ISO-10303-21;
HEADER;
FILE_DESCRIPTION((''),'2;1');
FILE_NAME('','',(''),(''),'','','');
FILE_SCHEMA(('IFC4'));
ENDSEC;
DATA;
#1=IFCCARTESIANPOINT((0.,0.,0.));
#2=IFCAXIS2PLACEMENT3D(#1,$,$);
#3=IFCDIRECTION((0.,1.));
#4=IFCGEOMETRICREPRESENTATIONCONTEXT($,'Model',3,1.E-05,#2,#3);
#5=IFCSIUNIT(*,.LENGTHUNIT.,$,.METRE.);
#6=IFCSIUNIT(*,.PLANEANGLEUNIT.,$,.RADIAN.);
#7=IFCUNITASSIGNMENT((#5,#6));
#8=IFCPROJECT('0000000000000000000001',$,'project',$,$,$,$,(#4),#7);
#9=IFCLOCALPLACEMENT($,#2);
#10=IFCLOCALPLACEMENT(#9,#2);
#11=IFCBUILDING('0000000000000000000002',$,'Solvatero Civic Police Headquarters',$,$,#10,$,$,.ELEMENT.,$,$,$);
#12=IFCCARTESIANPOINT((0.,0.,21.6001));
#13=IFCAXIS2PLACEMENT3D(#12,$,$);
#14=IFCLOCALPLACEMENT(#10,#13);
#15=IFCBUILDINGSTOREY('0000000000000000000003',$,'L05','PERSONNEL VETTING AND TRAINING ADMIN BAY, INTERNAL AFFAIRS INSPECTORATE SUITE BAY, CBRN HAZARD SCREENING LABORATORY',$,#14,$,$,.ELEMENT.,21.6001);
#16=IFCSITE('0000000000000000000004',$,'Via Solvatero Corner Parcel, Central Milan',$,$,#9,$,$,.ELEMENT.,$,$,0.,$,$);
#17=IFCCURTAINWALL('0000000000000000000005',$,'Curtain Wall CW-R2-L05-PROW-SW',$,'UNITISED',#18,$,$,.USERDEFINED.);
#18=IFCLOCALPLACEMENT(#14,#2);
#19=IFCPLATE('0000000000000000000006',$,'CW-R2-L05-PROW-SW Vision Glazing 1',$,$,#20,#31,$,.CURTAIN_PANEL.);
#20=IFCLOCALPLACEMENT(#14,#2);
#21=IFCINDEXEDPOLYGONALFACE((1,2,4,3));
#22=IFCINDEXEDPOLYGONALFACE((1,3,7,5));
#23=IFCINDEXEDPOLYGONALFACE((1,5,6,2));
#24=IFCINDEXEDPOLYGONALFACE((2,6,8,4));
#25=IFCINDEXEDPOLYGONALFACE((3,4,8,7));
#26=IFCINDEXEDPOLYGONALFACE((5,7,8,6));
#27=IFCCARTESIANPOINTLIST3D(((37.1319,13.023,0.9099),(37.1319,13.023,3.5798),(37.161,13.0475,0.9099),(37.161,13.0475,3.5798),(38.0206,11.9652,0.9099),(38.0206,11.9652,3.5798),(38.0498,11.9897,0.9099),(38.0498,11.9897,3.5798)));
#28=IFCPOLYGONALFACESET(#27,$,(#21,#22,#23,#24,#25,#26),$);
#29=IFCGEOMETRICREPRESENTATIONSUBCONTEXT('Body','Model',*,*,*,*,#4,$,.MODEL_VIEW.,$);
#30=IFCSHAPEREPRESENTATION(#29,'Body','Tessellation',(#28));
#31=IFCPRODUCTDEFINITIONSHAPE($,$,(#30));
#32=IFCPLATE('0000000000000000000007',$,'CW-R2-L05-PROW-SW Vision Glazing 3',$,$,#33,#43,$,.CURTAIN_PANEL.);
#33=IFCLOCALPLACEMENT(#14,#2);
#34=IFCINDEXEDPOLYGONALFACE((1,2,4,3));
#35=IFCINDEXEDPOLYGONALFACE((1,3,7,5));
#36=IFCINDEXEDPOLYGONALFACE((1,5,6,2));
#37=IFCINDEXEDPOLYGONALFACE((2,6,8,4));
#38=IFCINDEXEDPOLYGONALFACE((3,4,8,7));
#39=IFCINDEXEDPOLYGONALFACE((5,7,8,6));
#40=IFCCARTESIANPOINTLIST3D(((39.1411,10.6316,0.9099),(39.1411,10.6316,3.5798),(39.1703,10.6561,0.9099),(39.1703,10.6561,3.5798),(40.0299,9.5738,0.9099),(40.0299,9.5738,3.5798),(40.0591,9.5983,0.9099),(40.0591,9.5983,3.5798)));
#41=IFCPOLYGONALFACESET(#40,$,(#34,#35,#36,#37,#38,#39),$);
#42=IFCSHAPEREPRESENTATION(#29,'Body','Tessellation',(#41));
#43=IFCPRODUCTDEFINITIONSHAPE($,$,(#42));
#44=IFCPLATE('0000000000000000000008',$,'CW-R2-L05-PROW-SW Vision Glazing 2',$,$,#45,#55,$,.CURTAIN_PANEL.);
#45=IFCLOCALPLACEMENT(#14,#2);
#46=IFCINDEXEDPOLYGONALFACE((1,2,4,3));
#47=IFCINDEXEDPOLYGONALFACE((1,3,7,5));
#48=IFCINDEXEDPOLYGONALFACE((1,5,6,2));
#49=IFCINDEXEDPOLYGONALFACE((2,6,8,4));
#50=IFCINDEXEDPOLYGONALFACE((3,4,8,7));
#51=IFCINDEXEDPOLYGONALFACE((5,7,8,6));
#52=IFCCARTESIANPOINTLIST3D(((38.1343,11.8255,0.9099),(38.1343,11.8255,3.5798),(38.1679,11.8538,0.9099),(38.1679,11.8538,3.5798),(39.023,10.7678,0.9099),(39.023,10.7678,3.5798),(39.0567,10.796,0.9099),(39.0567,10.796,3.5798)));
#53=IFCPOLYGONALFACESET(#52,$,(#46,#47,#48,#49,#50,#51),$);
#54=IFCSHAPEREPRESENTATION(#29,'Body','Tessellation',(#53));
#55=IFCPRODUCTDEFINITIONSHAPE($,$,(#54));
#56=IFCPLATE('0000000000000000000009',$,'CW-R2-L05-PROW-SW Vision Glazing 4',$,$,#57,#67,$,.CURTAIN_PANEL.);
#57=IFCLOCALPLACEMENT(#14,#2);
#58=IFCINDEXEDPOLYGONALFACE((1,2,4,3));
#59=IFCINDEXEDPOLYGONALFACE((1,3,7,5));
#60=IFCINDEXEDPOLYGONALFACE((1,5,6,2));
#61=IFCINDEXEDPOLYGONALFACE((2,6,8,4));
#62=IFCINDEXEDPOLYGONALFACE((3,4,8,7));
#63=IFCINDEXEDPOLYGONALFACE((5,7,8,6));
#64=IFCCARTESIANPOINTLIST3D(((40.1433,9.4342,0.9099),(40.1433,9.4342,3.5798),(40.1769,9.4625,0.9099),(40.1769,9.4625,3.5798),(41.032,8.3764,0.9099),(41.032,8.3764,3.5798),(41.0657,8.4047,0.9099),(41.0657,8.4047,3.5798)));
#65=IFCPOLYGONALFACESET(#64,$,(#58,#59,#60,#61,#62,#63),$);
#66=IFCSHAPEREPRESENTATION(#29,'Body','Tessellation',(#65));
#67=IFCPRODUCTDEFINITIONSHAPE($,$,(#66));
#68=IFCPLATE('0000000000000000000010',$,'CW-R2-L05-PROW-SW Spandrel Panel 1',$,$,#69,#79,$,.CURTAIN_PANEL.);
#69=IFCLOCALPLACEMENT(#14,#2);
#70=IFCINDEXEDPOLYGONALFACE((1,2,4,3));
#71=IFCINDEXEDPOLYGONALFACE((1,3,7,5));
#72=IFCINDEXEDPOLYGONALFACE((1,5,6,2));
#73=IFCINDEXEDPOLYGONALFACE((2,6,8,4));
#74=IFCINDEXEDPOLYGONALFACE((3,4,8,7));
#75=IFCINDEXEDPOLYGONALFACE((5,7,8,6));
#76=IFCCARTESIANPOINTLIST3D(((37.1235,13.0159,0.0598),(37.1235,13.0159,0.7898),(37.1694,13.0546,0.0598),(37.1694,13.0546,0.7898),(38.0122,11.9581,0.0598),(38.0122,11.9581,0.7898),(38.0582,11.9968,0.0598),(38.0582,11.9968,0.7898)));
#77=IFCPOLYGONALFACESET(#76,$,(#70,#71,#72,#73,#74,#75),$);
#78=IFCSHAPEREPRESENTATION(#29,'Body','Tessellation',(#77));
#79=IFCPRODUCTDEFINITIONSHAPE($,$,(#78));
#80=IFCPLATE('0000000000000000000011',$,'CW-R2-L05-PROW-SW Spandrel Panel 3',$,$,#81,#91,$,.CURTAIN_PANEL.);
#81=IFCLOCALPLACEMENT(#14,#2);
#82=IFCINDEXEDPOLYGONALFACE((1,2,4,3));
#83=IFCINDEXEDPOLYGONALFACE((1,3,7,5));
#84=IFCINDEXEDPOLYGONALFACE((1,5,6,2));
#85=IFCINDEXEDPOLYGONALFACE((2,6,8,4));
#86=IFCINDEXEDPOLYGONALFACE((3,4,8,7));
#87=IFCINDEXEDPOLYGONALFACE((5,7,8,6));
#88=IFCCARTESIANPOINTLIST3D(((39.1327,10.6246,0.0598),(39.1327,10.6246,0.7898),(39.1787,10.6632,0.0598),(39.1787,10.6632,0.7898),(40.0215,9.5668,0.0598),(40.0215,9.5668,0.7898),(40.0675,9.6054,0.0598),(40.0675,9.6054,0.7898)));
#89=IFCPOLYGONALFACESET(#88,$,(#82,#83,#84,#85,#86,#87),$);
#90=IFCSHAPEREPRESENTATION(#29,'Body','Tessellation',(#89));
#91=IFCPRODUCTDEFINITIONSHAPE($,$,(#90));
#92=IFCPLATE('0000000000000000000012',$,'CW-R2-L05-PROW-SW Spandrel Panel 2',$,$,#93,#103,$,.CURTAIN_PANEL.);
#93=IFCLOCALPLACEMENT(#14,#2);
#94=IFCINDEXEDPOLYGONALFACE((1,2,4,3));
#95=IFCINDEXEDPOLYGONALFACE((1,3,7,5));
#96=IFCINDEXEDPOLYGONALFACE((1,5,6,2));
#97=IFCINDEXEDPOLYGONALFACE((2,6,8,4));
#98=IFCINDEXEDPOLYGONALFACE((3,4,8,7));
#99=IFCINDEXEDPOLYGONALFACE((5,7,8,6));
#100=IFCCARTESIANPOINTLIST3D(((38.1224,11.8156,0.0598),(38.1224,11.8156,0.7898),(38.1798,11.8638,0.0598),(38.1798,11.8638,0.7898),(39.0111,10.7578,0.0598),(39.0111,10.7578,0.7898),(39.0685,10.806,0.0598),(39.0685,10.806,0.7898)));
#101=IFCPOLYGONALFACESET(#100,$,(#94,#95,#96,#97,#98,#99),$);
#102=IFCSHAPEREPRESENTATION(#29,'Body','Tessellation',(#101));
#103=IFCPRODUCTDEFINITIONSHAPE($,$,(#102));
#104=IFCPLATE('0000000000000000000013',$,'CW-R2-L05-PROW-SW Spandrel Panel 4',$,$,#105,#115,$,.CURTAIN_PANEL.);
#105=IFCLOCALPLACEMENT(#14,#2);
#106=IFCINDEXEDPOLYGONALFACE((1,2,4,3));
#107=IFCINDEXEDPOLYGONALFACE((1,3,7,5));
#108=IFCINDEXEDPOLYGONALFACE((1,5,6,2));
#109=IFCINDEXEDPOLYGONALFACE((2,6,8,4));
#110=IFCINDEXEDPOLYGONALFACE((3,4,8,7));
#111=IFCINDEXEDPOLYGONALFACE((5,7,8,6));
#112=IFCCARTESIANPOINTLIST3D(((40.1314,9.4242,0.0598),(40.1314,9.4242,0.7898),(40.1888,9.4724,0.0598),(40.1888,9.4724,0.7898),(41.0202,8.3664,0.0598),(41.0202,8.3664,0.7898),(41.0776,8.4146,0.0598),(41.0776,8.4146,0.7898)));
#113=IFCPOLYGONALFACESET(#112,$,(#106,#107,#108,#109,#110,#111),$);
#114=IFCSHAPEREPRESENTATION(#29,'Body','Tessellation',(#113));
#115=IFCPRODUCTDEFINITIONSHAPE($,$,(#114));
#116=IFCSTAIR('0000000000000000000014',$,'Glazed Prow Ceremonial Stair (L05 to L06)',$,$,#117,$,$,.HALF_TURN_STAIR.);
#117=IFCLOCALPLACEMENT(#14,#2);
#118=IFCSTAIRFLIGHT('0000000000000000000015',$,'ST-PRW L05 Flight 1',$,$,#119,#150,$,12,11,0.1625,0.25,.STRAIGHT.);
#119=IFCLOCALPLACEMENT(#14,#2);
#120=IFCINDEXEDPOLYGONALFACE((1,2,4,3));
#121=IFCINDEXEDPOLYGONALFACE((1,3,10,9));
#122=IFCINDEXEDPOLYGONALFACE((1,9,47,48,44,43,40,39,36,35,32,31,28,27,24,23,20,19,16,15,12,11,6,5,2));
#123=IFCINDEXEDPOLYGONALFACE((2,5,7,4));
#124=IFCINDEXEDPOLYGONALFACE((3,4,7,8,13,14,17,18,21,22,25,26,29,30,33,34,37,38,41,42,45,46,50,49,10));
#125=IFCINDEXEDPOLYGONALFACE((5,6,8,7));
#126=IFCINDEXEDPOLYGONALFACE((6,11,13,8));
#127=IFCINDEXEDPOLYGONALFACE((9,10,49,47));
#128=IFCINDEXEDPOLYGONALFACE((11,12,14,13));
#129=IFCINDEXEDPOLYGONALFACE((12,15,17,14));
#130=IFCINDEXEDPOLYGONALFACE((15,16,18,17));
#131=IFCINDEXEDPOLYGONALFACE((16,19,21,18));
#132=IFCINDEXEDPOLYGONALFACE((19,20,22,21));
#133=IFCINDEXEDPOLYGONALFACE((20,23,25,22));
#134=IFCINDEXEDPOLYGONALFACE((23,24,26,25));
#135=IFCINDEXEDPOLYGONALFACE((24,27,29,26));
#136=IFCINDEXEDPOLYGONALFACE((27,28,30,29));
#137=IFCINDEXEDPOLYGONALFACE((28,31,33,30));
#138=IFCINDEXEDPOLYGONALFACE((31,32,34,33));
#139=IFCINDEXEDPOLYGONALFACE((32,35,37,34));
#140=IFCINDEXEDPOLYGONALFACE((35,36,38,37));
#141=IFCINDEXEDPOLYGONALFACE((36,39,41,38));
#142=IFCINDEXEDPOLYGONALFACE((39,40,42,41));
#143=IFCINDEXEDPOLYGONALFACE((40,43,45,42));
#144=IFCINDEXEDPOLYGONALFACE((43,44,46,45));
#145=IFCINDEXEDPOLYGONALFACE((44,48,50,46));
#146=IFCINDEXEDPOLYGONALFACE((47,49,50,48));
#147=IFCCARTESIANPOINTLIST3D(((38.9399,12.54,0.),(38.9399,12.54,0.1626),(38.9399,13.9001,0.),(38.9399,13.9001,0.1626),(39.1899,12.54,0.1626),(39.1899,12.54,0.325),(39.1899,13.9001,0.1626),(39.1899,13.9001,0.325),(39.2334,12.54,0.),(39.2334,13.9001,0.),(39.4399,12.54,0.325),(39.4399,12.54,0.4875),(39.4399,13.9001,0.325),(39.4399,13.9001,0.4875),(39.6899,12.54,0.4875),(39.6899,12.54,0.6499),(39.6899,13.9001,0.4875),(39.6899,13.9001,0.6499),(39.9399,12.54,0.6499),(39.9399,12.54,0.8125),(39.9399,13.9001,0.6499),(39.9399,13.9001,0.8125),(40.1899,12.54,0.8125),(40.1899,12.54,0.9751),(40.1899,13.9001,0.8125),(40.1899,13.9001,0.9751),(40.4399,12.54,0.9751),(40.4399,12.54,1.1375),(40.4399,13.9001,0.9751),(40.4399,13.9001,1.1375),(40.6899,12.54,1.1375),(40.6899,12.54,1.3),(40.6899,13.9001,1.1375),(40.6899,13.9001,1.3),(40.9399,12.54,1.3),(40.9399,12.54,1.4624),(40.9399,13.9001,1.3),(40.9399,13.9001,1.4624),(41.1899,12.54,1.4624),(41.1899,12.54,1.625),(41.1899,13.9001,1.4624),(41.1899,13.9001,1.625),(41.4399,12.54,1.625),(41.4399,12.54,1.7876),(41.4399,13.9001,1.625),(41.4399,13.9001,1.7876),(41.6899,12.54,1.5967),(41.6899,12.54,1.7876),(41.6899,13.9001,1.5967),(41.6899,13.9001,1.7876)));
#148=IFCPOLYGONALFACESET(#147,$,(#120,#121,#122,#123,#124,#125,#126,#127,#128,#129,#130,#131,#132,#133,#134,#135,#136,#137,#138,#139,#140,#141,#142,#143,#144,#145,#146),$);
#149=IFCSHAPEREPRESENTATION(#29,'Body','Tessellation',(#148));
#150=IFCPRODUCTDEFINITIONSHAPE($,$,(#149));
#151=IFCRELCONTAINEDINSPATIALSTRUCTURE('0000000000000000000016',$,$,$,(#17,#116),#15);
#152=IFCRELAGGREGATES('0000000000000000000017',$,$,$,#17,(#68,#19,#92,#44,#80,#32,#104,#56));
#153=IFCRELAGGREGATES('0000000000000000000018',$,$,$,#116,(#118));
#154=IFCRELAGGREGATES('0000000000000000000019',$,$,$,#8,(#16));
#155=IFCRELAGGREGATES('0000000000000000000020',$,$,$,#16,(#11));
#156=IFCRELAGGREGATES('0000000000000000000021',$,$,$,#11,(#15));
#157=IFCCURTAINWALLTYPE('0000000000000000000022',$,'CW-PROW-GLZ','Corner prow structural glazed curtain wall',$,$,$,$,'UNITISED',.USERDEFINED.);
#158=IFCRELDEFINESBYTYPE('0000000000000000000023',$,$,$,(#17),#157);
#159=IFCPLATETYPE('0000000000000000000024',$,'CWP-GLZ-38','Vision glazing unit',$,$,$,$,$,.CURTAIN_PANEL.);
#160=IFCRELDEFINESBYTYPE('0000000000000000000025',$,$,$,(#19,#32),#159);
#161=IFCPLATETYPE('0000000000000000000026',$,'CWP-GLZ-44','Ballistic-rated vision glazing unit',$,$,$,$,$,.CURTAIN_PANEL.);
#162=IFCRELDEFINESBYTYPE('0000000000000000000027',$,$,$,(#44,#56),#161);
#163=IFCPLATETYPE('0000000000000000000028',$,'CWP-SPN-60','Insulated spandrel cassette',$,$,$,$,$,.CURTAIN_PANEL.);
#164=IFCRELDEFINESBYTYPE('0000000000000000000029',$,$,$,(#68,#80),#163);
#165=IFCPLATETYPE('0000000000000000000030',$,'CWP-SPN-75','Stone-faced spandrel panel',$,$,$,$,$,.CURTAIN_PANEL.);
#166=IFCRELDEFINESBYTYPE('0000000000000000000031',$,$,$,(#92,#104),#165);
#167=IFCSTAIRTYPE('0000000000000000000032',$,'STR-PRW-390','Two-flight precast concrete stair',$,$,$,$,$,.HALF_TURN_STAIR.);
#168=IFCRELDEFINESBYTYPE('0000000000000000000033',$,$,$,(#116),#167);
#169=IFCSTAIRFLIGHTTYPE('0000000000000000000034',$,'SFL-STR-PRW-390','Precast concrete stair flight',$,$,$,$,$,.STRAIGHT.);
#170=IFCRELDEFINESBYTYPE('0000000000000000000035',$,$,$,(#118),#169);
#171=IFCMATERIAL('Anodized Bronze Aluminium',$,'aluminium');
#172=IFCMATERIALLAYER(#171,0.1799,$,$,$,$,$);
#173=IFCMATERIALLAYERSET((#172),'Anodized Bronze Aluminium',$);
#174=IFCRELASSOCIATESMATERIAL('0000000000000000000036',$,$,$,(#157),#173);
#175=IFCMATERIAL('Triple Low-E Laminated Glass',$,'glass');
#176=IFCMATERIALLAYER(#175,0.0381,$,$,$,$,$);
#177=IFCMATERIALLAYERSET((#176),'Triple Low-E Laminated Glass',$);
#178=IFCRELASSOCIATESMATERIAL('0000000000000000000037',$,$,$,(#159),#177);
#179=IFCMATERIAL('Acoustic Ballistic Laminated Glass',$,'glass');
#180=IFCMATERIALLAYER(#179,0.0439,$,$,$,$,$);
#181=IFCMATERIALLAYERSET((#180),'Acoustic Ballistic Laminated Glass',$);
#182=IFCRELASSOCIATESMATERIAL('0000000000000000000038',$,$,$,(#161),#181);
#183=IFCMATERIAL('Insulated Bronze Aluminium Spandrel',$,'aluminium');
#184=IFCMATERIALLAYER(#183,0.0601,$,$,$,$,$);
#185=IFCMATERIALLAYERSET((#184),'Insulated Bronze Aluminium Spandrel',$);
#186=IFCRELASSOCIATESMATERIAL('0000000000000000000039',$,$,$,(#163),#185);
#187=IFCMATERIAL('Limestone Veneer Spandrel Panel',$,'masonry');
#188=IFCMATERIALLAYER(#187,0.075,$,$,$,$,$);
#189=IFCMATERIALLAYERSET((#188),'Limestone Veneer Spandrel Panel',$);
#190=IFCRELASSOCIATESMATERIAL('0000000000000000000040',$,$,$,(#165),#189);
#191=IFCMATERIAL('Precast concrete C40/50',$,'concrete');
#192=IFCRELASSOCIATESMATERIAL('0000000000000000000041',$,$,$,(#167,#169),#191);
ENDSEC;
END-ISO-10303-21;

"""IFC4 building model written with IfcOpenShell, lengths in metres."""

from ifc_helpers import new_model, si_unit, direction, frame, origin, origin_2d, place, context, subcontext, project, spatial, polyline, rectangle, outline, extrude, material, layer, layer_set, type_object, element, aggregate, save


model = new_model("IFC4")

# Units and contexts
model_context = context("Model", 3, precision=1e-05, world=origin(), true_north=direction((0.0, 1.0)))
body_context = subcontext(model_context, "Body", "Model", "MODEL_VIEW")
ifc_project = project(units=[si_unit("LENGTHUNIT", "METRE"), si_unit("PLANEANGLEUNIT", "RADIAN")], contexts=[model_context])

# Site, building, storey
site_placement = place(None, origin())
site = spatial("IfcSite", under=ifc_project, at=site_placement, Name="Via Solvatero Corner Parcel, Central Milan", CompositionType="ELEMENT", RefElevation=0.0)
building_placement = place(site_placement, origin())
building = spatial("IfcBuilding", under=site, at=building_placement, Name="Solvatero Civic Police Headquarters", CompositionType="ELEMENT")
storey_placement = place(building_placement, frame((0.0, 0.0, 21.6001)))
storey = spatial("IfcBuildingStorey", under=building, at=storey_placement, Name="L05", Description="PERSONNEL VETTING AND TRAINING ADMIN BAY, INTERNAL AFFAIRS INSPECTORATE SUITE BAY, CBRN HAZARD SCREENING LABORATORY", CompositionType="ELEMENT", Elevation=21.6001)

# Curtain wall, plates
ifc_material_1 = material(Name="Anodized Bronze Aluminium", Category="aluminium")
ifc_layer_1 = layer(ifc_material_1, 0.1799)
ifc_layer_set_1 = layer_set([ifc_layer_1], Name="Anodized Bronze Aluminium")
curtain_wall_type = type_object("IfcCurtainWallType", Name="CW-PROW-GLZ", Description="Corner prow structural glazed curtain wall", ElementType="UNITISED", PredefinedType="USERDEFINED", material=ifc_layer_set_1)
curtain_wall_placement = place(storey_placement, origin())
curtain_wall = element("IfcCurtainWall", 1, at=curtain_wall_placement, inside=storey, type_object=curtain_wall_type, Name="Curtain Wall CW-R2-L05-PROW-SW", ObjectType="UNITISED", PredefinedType="USERDEFINED")
ifc_material_2 = material(Name="Triple Low-E Laminated Glass", Category="glass")
ifc_layer_2 = layer(ifc_material_2, 0.0381)
ifc_layer_set_2 = layer_set([ifc_layer_2], Name="Triple Low-E Laminated Glass")
plate_type_1 = type_object("IfcPlateType", Name="CWP-GLZ-38", Description="Vision glazing unit", PredefinedType="CURTAIN_PANEL", material=ifc_layer_set_2)
plate_1_placement = place(storey_placement, frame((37.5908, 12.5063, 0.9099), z_axis=(0.0, 0.0, 1.0), x_axis=(0.643282, -0.765629, 0.0)))
plate_1 = element("IfcPlate", 2, at=plate_1_placement, type_object=plate_type_1, Name="CW-R2-L05-PROW-SW Vision Glazing 1", PredefinedType="CURTAIN_PANEL", context=body_context, shape_type="SweptSolid", body=[
    extrude(rectangle(XDim=1.3816, YDim=0.0381, at=origin_2d()), origin(), (0.0, 0.0, 1.0), 2.6699),
])
plate_2_placement = place(storey_placement, frame((39.6001, 10.115, 0.9099), z_axis=(0.0, 0.0, 1.0), x_axis=(0.643282, -0.765629, 0.0)))
plate_2 = element("IfcPlate", 3, at=plate_2_placement, type_object=plate_type_1, Name="CW-R2-L05-PROW-SW Vision Glazing 3", PredefinedType="CURTAIN_PANEL", context=body_context, shape_type="SweptSolid", body=[
    extrude(rectangle(XDim=1.3816, YDim=0.0381, at=origin_2d()), origin(), (0.0, 0.0, 1.0), 2.6699),
])
ifc_material_3 = material(Name="Acoustic Ballistic Laminated Glass", Category="glass")
ifc_layer_3 = layer(ifc_material_3, 0.0439)
ifc_layer_set_3 = layer_set([ifc_layer_3], Name="Acoustic Ballistic Laminated Glass")
plate_type_2 = type_object("IfcPlateType", Name="CWP-GLZ-44", Description="Ballistic-rated vision glazing unit", PredefinedType="CURTAIN_PANEL", material=ifc_layer_set_3)
plate_3_placement = place(storey_placement, frame((38.5955, 11.3108, 0.9099), z_axis=(0.0, 0.0, 1.0), x_axis=(0.643282, -0.765629, 0.0)))
plate_3 = element("IfcPlate", 4, at=plate_3_placement, type_object=plate_type_2, Name="CW-R2-L05-PROW-SW Vision Glazing 2", PredefinedType="CURTAIN_PANEL", context=body_context, shape_type="SweptSolid", body=[
    extrude(rectangle(XDim=1.3816, YDim=0.0439, at=origin_2d()), origin(), (0.0, 0.0, 1.0), 2.6699),
])
plate_4_placement = place(storey_placement, frame((40.6045, 8.9194, 0.9099), z_axis=(0.0, 0.0, 1.0), x_axis=(0.643282, -0.765629, 0.0)))
plate_4 = element("IfcPlate", 5, at=plate_4_placement, type_object=plate_type_2, Name="CW-R2-L05-PROW-SW Vision Glazing 4", PredefinedType="CURTAIN_PANEL", context=body_context, shape_type="SweptSolid", body=[
    extrude(rectangle(XDim=1.3816, YDim=0.0439, at=origin_2d()), origin(), (0.0, 0.0, 1.0), 2.6699),
])
ifc_material_4 = material(Name="Insulated Bronze Aluminium Spandrel", Category="aluminium")
ifc_layer_4 = layer(ifc_material_4, 0.0601)
ifc_layer_set_4 = layer_set([ifc_layer_4], Name="Insulated Bronze Aluminium Spandrel")
plate_type_3 = type_object("IfcPlateType", Name="CWP-SPN-60", Description="Insulated spandrel cassette", PredefinedType="CURTAIN_PANEL", material=ifc_layer_set_4)
plate_5_placement = place(storey_placement, frame((37.5908, 12.5063, 0.0598), z_axis=(0.0, 0.0, 1.0), x_axis=(0.643282, -0.765629, 0.0)))
plate_5 = element("IfcPlate", 6, at=plate_5_placement, type_object=plate_type_3, Name="CW-R2-L05-PROW-SW Spandrel Panel 1", PredefinedType="CURTAIN_PANEL", context=body_context, shape_type="SweptSolid", body=[
    extrude(rectangle(XDim=1.3816, YDim=0.0601, at=origin_2d()), origin(), (0.0, 0.0, 1.0), 0.73),
])
plate_6_placement = place(storey_placement, frame((39.6001, 10.115, 0.0598), z_axis=(0.0, 0.0, 1.0), x_axis=(0.643282, -0.765629, 0.0)))
plate_6 = element("IfcPlate", 7, at=plate_6_placement, type_object=plate_type_3, Name="CW-R2-L05-PROW-SW Spandrel Panel 3", PredefinedType="CURTAIN_PANEL", context=body_context, shape_type="SweptSolid", body=[
    extrude(rectangle(XDim=1.3816, YDim=0.0601, at=origin_2d()), origin(), (0.0, 0.0, 1.0), 0.73),
])
ifc_material_5 = material(Name="Limestone Veneer Spandrel Panel", Category="masonry")
ifc_layer_5 = layer(ifc_material_5, 0.075)
ifc_layer_set_5 = layer_set([ifc_layer_5], Name="Limestone Veneer Spandrel Panel")
plate_type_4 = type_object("IfcPlateType", Name="CWP-SPN-75", Description="Stone-faced spandrel panel", PredefinedType="CURTAIN_PANEL", material=ifc_layer_set_5)
plate_7_placement = place(storey_placement, frame((38.5955, 11.3108, 0.0598), z_axis=(0.0, 0.0, 1.0), x_axis=(0.643282, -0.765629, 0.0)))
plate_7 = element("IfcPlate", 8, at=plate_7_placement, type_object=plate_type_4, Name="CW-R2-L05-PROW-SW Spandrel Panel 2", PredefinedType="CURTAIN_PANEL", context=body_context, shape_type="SweptSolid", body=[
    extrude(rectangle(XDim=1.3816, YDim=0.075, at=origin_2d()), origin(), (0.0, 0.0, 1.0), 0.73),
])
plate_8_placement = place(storey_placement, frame((40.6045, 8.9194, 0.0598), z_axis=(0.0, 0.0, 1.0), x_axis=(0.643282, -0.765629, 0.0)))
plate_8 = element("IfcPlate", 9, at=plate_8_placement, type_object=plate_type_4, Name="CW-R2-L05-PROW-SW Spandrel Panel 4", PredefinedType="CURTAIN_PANEL", context=body_context, shape_type="SweptSolid", body=[
    extrude(rectangle(XDim=1.3816, YDim=0.075, at=origin_2d()), origin(), (0.0, 0.0, 1.0), 0.73),
])
aggregate(curtain_wall, [plate_5, plate_1, plate_7, plate_3, plate_6, plate_2, plate_8, plate_4])

# Stair, stair flight
ifc_material_6 = material(Name="Precast concrete C40/50", Category="concrete")
stair_type = type_object("IfcStairType", Name="STR-PRW-390", Description="Two-flight precast concrete stair", PredefinedType="HALF_TURN_STAIR", material=ifc_material_6)
stair_placement = place(storey_placement, origin())
stair = element("IfcStair", 10, at=stair_placement, inside=storey, type_object=stair_type, Name="Glazed Prow Ceremonial Stair (L05 to L06)", PredefinedType="HALF_TURN_STAIR")
stair_flight_type = type_object("IfcStairFlightType", Name="SFL-STR-PRW-390", Description="Precast concrete stair flight", PredefinedType="STRAIGHT", material=ifc_material_6)
stair_flight_placement = place(storey_placement, frame((38.9399, 13.22, 0.0), z_axis=(0.0, 0.0, 1.0), x_axis=(1.0, 0.0, 0.0)))
stair_flight = element("IfcStairFlight", 11, at=stair_flight_placement, type_object=stair_flight_type, Name="ST-PRW L05 Flight 1", NumberOfRisers=12, NumberOfTreads=11, PredefinedType="STRAIGHT", RiserHeight=0.1625, TreadLength=0.25, context=body_context, shape_type="SweptSolid", body=[
    extrude(outline(polyline([(0.0, 0.0), (0.0, 0.1626), (0.25, 0.1626), (0.25, 0.325), (0.5, 0.325), (0.5, 0.4875), (0.75, 0.4875), (0.75, 0.6499), (1.0, 0.6499), (1.0, 0.8125), (1.25, 0.8125), (1.25, 0.9751), (1.5, 0.9751), (1.5, 1.1375), (1.75, 1.1375), (1.75, 1.3), (2.0, 1.3), (2.0, 1.4624), (2.25, 1.4624), (2.25, 1.625), (2.5, 1.625), (2.5, 1.7876), (2.75, 1.7876), (2.75, 1.95), (2.75, 1.5967), (0.2935, 0.0), (0.0, 0.0)])), frame((0.0, 0.6802, 0.0), z_axis=(0.0, -1.0, 0.0), x_axis=(1.0, 0.0, 0.0)), (0.0, 0.0, 1.0), 1.3601),
])
aggregate(stair, [stair_flight])

save(model, "model.ifc")
